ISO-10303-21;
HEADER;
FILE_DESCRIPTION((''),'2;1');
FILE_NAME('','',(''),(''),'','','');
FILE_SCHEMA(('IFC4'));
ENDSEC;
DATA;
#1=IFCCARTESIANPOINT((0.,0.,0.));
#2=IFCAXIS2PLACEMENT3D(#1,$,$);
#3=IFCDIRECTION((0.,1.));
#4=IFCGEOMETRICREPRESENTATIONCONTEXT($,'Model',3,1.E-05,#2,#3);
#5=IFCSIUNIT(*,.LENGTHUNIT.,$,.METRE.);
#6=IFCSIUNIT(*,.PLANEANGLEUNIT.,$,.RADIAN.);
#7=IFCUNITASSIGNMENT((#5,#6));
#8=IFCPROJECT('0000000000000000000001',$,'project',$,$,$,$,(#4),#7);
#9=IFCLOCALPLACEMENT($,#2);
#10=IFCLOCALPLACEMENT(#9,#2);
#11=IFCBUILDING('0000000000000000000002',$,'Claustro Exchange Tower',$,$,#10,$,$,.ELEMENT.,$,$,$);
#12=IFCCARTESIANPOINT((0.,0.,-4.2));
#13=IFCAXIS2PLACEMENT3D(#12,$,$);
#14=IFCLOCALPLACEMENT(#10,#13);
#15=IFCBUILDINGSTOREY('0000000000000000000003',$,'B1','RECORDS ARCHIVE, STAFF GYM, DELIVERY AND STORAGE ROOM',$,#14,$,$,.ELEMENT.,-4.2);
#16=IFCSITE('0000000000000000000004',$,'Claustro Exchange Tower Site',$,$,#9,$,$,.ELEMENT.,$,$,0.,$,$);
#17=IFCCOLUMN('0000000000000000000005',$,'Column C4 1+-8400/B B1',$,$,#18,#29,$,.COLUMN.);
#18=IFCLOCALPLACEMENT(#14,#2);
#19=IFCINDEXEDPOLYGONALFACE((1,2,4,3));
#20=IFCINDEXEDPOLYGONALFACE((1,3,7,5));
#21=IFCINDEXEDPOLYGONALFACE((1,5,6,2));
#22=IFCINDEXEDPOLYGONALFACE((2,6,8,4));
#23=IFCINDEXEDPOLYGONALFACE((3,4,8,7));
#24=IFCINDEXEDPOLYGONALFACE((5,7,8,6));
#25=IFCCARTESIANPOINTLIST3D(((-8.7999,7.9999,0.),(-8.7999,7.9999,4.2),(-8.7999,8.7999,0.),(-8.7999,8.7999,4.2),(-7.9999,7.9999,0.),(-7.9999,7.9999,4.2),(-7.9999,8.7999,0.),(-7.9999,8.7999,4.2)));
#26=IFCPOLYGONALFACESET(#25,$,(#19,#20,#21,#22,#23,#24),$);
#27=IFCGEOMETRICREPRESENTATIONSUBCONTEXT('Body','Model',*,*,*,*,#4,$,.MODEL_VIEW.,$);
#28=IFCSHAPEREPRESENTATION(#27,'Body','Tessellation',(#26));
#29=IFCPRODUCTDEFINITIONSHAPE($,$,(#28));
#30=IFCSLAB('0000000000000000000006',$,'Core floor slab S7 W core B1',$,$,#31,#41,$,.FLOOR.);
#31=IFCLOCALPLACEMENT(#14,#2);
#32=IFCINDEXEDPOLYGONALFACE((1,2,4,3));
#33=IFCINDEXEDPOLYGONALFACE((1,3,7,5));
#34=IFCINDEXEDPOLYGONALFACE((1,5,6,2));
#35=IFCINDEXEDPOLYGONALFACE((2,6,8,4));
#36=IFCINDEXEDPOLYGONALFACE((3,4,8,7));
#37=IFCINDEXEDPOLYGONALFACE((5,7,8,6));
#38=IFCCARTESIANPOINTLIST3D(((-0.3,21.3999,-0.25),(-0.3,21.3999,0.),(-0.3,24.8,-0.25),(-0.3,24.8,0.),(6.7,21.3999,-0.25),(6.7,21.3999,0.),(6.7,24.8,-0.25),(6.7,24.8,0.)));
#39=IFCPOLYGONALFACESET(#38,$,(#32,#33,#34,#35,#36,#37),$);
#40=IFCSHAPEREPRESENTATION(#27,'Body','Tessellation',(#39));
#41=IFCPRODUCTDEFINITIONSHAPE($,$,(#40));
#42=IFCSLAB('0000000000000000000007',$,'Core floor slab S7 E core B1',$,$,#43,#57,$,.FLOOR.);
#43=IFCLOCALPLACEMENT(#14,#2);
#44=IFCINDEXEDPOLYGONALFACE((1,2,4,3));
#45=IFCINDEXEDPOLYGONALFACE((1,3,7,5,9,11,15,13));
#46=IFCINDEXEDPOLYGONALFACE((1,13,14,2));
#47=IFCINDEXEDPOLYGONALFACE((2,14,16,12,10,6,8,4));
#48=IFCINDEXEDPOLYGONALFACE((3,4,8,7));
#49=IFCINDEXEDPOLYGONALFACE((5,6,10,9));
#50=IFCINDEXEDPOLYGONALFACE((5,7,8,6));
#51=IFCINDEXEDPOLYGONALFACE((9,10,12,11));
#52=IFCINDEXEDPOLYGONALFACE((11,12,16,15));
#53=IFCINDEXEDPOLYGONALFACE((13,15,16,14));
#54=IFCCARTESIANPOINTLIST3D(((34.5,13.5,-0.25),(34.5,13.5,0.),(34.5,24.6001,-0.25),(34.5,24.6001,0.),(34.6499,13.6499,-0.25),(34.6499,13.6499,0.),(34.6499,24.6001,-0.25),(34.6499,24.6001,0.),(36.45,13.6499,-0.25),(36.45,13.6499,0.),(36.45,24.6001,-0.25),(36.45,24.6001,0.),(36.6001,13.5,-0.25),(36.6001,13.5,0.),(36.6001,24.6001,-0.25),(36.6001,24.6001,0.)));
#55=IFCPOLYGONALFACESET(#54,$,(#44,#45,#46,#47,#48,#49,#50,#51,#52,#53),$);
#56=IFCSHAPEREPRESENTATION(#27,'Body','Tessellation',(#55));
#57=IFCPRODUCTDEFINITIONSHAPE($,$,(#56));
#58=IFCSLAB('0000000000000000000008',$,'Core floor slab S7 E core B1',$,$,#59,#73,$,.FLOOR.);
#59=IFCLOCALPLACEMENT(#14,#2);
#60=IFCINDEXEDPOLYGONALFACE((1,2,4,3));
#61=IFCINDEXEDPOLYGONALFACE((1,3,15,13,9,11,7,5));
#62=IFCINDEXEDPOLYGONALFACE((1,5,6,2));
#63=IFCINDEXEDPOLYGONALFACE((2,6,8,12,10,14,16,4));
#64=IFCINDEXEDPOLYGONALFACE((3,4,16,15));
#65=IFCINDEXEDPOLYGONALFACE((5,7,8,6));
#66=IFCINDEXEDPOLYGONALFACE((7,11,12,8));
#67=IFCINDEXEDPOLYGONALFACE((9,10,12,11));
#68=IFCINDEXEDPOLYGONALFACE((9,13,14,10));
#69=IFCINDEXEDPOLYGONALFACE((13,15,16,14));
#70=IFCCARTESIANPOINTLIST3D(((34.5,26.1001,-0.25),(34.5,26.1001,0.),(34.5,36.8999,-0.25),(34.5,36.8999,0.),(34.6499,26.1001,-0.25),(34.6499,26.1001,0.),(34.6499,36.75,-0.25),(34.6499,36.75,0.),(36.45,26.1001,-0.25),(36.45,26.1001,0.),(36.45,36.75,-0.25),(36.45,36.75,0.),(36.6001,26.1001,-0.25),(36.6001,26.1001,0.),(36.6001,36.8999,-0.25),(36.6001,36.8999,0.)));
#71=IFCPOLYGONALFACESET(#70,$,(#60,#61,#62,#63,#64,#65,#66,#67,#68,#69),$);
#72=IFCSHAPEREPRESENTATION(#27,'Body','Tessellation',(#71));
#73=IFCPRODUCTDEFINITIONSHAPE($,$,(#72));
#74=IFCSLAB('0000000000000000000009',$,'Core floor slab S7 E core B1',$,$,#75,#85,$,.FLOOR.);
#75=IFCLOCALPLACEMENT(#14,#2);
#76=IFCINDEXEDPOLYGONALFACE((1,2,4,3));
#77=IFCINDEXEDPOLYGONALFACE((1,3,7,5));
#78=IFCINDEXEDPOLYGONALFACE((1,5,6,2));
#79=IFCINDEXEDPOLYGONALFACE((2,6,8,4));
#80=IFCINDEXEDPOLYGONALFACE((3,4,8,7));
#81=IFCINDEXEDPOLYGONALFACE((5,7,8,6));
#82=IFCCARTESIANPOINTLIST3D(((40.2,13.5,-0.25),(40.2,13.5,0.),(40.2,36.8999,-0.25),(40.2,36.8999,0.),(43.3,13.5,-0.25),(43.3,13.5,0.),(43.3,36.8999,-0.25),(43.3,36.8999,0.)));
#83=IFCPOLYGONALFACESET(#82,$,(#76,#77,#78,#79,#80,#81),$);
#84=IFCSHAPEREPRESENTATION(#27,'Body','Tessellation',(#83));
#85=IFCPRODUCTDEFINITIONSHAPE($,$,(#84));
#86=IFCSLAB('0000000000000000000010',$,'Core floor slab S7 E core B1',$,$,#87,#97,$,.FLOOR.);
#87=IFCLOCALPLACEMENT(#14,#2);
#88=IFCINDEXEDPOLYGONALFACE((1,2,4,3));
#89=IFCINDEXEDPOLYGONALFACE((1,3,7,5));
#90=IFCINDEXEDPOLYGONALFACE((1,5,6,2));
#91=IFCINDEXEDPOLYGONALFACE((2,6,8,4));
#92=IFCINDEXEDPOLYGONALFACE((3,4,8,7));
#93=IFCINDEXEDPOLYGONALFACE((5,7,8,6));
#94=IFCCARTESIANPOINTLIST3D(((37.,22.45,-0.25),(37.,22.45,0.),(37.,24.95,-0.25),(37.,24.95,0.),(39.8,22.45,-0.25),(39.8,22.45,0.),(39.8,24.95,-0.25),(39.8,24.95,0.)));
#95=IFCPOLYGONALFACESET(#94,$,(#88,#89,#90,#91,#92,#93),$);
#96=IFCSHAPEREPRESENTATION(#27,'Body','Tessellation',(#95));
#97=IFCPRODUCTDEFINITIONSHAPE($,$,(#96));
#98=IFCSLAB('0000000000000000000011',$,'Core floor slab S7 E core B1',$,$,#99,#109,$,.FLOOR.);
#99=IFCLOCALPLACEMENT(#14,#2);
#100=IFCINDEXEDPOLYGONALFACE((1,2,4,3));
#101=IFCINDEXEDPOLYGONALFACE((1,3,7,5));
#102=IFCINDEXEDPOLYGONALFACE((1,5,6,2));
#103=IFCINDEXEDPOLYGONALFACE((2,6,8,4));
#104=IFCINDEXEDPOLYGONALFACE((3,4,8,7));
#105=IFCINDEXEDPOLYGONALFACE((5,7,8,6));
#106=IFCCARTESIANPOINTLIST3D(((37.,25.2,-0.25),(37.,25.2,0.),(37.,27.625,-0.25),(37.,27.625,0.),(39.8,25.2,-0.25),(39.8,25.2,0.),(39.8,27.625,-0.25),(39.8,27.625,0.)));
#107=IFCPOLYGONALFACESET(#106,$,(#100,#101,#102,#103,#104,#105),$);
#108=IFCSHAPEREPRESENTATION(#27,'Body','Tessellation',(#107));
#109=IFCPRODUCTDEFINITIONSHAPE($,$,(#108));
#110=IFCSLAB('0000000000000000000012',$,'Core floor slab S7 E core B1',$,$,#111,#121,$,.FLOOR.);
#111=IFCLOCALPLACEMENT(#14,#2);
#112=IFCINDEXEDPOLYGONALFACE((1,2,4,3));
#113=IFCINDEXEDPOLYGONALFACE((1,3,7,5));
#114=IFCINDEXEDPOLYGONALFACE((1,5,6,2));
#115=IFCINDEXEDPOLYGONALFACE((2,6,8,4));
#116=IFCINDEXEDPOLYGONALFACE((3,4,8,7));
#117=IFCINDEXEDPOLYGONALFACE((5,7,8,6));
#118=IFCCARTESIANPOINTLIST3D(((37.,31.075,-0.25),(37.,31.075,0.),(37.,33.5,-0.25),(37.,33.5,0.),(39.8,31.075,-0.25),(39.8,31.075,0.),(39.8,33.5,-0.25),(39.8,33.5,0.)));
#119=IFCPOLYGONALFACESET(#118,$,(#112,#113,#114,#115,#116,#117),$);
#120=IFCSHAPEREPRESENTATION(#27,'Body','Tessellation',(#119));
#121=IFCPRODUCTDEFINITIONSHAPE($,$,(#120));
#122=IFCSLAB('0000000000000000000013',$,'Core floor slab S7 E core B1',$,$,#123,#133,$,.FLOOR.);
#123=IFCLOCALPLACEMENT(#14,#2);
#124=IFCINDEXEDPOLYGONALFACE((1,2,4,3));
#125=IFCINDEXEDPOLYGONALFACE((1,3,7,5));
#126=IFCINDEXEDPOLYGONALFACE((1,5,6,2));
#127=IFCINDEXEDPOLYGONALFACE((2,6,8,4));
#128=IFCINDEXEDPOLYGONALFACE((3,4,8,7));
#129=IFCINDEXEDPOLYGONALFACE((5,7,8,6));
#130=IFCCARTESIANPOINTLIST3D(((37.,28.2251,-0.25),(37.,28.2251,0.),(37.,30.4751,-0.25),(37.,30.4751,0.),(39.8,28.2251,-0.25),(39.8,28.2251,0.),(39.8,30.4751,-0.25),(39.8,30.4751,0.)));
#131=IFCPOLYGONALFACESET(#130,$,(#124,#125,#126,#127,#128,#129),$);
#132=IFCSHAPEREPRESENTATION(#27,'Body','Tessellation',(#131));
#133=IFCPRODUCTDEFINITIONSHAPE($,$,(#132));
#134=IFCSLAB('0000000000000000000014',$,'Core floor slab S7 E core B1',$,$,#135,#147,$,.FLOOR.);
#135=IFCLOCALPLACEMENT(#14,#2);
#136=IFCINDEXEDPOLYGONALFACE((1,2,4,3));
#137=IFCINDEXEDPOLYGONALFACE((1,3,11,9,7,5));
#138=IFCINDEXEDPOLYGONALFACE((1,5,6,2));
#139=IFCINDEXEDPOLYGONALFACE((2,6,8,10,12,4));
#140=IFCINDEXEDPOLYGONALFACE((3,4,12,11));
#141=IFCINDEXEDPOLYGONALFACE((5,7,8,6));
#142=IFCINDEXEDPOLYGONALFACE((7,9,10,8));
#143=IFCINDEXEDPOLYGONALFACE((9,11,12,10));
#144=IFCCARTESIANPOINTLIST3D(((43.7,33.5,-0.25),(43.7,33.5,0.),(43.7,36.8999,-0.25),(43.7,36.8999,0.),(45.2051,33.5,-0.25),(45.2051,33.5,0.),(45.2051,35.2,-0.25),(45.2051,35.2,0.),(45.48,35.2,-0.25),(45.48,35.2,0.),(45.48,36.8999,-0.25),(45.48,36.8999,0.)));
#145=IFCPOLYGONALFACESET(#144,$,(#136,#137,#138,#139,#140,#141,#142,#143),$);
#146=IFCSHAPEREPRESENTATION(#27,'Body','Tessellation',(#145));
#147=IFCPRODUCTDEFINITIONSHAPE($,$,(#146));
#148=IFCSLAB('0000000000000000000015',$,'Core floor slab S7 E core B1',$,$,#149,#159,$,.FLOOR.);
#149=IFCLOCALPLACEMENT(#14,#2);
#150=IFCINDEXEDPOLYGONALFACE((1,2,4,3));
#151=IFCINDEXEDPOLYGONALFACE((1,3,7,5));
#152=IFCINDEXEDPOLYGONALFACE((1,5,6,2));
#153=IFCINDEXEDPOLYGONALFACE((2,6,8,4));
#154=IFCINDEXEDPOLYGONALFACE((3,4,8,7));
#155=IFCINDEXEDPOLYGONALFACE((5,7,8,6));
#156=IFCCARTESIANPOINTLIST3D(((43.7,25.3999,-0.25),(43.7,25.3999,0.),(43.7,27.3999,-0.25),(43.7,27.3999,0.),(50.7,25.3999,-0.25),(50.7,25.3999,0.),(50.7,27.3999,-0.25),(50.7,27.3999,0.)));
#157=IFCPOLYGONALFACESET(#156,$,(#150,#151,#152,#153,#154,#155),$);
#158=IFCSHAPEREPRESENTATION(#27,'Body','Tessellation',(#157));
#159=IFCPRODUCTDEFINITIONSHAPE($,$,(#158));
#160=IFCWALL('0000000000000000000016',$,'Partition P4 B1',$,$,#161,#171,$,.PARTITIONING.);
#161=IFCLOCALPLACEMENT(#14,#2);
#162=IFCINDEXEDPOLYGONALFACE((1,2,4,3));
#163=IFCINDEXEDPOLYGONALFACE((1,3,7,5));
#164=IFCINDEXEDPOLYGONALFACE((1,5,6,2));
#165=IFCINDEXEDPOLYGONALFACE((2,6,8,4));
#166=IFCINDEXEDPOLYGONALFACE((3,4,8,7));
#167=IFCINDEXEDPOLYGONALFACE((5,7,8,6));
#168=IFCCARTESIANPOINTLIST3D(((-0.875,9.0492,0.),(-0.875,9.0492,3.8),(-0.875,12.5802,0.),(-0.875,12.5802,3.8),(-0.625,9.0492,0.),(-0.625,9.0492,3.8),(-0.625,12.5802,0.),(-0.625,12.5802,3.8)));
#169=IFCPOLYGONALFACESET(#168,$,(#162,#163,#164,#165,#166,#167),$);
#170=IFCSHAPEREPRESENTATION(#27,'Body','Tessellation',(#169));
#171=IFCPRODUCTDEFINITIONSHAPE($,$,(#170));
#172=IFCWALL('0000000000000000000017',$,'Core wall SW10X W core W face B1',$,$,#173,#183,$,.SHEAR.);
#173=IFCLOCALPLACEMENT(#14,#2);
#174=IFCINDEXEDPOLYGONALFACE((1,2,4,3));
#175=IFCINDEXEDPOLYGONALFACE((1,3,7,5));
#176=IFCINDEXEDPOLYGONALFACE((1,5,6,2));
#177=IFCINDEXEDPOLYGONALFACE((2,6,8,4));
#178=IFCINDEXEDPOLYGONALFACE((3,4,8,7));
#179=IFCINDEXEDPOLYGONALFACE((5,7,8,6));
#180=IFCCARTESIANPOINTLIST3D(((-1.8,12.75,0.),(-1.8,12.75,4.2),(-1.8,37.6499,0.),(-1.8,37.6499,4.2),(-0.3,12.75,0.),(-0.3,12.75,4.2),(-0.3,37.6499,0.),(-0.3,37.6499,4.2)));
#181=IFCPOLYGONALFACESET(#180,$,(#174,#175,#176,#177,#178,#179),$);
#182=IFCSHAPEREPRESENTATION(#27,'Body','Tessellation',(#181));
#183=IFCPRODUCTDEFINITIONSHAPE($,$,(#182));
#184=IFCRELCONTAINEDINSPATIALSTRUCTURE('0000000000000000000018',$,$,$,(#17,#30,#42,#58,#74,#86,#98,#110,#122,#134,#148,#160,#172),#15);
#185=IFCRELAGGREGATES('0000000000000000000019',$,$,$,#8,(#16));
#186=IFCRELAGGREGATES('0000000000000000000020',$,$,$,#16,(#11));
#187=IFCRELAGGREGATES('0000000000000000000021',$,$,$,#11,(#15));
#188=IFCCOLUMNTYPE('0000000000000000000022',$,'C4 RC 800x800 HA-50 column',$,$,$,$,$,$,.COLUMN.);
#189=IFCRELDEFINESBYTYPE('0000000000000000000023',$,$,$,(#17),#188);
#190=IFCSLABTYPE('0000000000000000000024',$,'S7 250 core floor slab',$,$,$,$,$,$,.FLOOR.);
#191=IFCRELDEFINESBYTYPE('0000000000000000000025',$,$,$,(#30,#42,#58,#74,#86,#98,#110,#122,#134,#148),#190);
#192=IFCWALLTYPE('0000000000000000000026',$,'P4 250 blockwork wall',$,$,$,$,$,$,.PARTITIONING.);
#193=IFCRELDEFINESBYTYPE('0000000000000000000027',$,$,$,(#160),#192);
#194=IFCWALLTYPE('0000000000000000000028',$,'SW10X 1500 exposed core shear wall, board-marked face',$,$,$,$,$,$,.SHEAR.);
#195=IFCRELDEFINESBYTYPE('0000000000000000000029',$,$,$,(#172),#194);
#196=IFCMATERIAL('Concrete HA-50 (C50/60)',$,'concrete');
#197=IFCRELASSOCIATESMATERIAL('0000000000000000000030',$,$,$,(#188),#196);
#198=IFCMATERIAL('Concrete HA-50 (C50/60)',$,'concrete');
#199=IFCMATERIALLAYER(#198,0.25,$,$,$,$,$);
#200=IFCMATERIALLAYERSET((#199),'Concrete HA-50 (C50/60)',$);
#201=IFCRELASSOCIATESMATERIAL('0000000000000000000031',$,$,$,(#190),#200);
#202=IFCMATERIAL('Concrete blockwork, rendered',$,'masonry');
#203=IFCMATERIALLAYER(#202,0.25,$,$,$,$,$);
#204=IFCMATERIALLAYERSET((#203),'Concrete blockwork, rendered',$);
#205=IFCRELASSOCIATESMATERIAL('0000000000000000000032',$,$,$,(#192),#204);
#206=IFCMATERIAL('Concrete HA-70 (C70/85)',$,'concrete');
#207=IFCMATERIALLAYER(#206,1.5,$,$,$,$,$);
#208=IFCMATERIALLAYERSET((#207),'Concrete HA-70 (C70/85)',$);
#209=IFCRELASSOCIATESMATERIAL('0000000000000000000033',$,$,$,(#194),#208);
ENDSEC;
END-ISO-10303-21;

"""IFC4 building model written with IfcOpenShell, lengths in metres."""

from ifc_helpers import new_model, si_unit, direction, frame, frame_2d, origin, origin_2d, place, context, subcontext, project, spatial, polyline, rectangle, outline, extrude, material, layer, layer_set, material_profile, profile_set, type_object, element, save


model = new_model("IFC4")

# Units and contexts
model_context = context("Model", 3, precision=1e-05, world=origin(), true_north=direction((0.0, 1.0)))
body_context = subcontext(model_context, "Body", "Model", "MODEL_VIEW")
ifc_project = project(units=[si_unit("LENGTHUNIT", "METRE"), si_unit("PLANEANGLEUNIT", "RADIAN")], contexts=[model_context])

# Site, building, storey
site_placement = place(None, origin())
site = spatial("IfcSite", under=ifc_project, at=site_placement, Name="Claustro Exchange Tower Site", CompositionType="ELEMENT", RefElevation=0.0)
building_placement = place(site_placement, origin())
building = spatial("IfcBuilding", under=site, at=building_placement, Name="Claustro Exchange Tower", CompositionType="ELEMENT")
storey_placement = place(building_placement, frame((0.0, 0.0, -4.2)))
storey = spatial("IfcBuildingStorey", under=building, at=storey_placement, Name="B1", Description="RECORDS ARCHIVE, STAFF GYM, DELIVERY AND STORAGE ROOM", CompositionType="ELEMENT", Elevation=-4.2)

# Column
ifc_material_1 = material(Name="Concrete HA-50 (C50/60)", Category="concrete")
ifc_material_profile = material_profile(ifc_material_1, rectangle(XDim=0.8, YDim=0.8, at=origin_2d()), Name="RC 800x800")
ifc_profile_set = profile_set([ifc_material_profile], Name="Concrete HA-50 (C50/60)")
column_type = type_object("IfcColumnType", Name="C4 RC 800x800 HA-50 column", PredefinedType="COLUMN", material=ifc_profile_set)
column_placement = place(storey_placement, frame((-8.3999, 8.3999, 0.0), z_axis=(0.0, 0.0, 1.0), x_axis=(1.0, 0.0, 0.0)))
element("IfcColumn", 1, at=column_placement, inside=storey, type_object=column_type, Name="Column C4 1+-8400/B B1", PredefinedType="COLUMN", context=body_context, shape_type="SweptSolid", body=[
    extrude(rectangle(XDim=0.8, YDim=0.8, at=origin_2d()), origin(), (0.0, 0.0, 1.0), 4.2),
])

# Slabs
ifc_material_2 = material(Name="Concrete HA-50 (C50/60)", Category="concrete")
ifc_layer_1 = layer(ifc_material_2, 0.25)
ifc_layer_set_1 = layer_set([ifc_layer_1], Name="Concrete HA-50 (C50/60)")
slab_type = type_object("IfcSlabType", Name="S7 250 core floor slab", PredefinedType="FLOOR", material=ifc_layer_set_1)
slab_1_placement = place(storey_placement, frame((0.0, 0.0, -0.25)))
element("IfcSlab", 2, at=slab_1_placement, inside=storey, type_object=slab_type, Name="Core floor slab S7 W core B1", PredefinedType="FLOOR", context=body_context, shape_type="SweptSolid", body=[
    extrude(outline(polyline([(-0.3, 21.3999), (6.7, 21.3999), (6.7, 24.8), (-0.3, 24.8), (-0.3, 21.3999)])), origin(), (0.0, 0.0, 1.0), 0.25),
])
slab_2_placement = place(storey_placement, frame((0.0, 0.0, -0.25)))
element("IfcSlab", 3, at=slab_2_placement, inside=storey, type_object=slab_type, Name="Core floor slab S7 E core B1", PredefinedType="FLOOR", context=body_context, shape_type="SweptSolid", body=[
    extrude(outline(polyline([(34.5, 24.6001), (34.5, 13.5), (36.6001, 13.5), (36.6001, 24.6001), (36.45, 24.6001), (36.45, 13.6499), (34.6499, 13.6499), (34.6499, 24.6001), (34.5, 24.6001)])), origin(), (0.0, 0.0, 1.0), 0.25),
])
slab_3_placement = place(storey_placement, frame((0.0, 0.0, -0.25)))
element("IfcSlab", 4, at=slab_3_placement, inside=storey, type_object=slab_type, Name="Core floor slab S7 E core B1", PredefinedType="FLOOR", context=body_context, shape_type="SweptSolid", body=[
    extrude(outline(polyline([(36.6001, 26.1001), (36.6001, 36.8999), (34.5, 36.8999), (34.5, 26.1001), (34.6499, 26.1001), (34.6499, 36.75), (36.45, 36.75), (36.45, 26.1001), (36.6001, 26.1001)])), origin(), (0.0, 0.0, 1.0), 0.25),
])
slab_4_placement = place(storey_placement, frame((0.0, 0.0, -0.25)))
element("IfcSlab", 5, at=slab_4_placement, inside=storey, type_object=slab_type, Name="Core floor slab S7 E core B1", PredefinedType="FLOOR", context=body_context, shape_type="SweptSolid", body=[
    extrude(outline(polyline([(43.3, 13.5), (43.3, 36.8999), (40.2, 36.8999), (40.2, 13.5), (43.3, 13.5)])), origin(), (0.0, 0.0, 1.0), 0.25),
])
slab_5_placement = place(storey_placement, frame((0.0, 0.0, -0.25)))
element("IfcSlab", 6, at=slab_5_placement, inside=storey, type_object=slab_type, Name="Core floor slab S7 E core B1", PredefinedType="FLOOR", context=body_context, shape_type="SweptSolid", body=[
    extrude(outline(polyline([(37.0, 24.95), (37.0, 22.45), (39.8, 22.45), (39.8, 24.95), (37.0, 24.95)])), origin(), (0.0, 0.0, 1.0), 0.25),
])
slab_6_placement = place(storey_placement, frame((0.0, 0.0, -0.25)))
element("IfcSlab", 7, at=slab_6_placement, inside=storey, type_object=slab_type, Name="Core floor slab S7 E core B1", PredefinedType="FLOOR", context=body_context, shape_type="SweptSolid", body=[
    extrude(outline(polyline([(37.0, 27.625), (37.0, 25.2), (39.8, 25.2), (39.8, 27.625), (37.0, 27.625)])), origin(), (0.0, 0.0, 1.0), 0.25),
])
slab_7_placement = place(storey_placement, frame((0.0, 0.0, -0.25)))
element("IfcSlab", 8, at=slab_7_placement, inside=storey, type_object=slab_type, Name="Core floor slab S7 E core B1", PredefinedType="FLOOR", context=body_context, shape_type="SweptSolid", body=[
    extrude(outline(polyline([(37.0, 33.5), (37.0, 31.075), (39.8, 31.075), (39.8, 33.5), (37.0, 33.5)])), origin(), (0.0, 0.0, 1.0), 0.25),
])
slab_8_placement = place(storey_placement, frame((0.0, 0.0, -0.25)))
element("IfcSlab", 9, at=slab_8_placement, inside=storey, type_object=slab_type, Name="Core floor slab S7 E core B1", PredefinedType="FLOOR", context=body_context, shape_type="SweptSolid", body=[
    extrude(outline(polyline([(37.0, 30.4751), (37.0, 28.2251), (39.8, 28.2251), (39.8, 30.4751), (37.0, 30.4751)])), origin(), (0.0, 0.0, 1.0), 0.25),
])
slab_9_placement = place(storey_placement, frame((0.0, 0.0, -0.25)))
element("IfcSlab", 10, at=slab_9_placement, inside=storey, type_object=slab_type, Name="Core floor slab S7 E core B1", PredefinedType="FLOOR", context=body_context, shape_type="SweptSolid", body=[
    extrude(outline(polyline([(45.48, 36.8999), (43.7, 36.8999), (43.7, 33.5), (45.2051, 33.5), (45.2051, 35.2), (45.48, 35.2), (45.48, 36.8999)])), origin(), (0.0, 0.0, 1.0), 0.25),
])
slab_10_placement = place(storey_placement, frame((0.0, 0.0, -0.25)))
element("IfcSlab", 11, at=slab_10_placement, inside=storey, type_object=slab_type, Name="Core floor slab S7 E core B1", PredefinedType="FLOOR", context=body_context, shape_type="SweptSolid", body=[
    extrude(outline(polyline([(50.7, 27.3999), (43.7, 27.3999), (43.7, 25.3999), (50.7, 25.3999), (50.7, 27.3999)])), origin(), (0.0, 0.0, 1.0), 0.25),
])

# Wall
ifc_material_3 = material(Name="Concrete blockwork, rendered", Category="masonry")
ifc_layer_2 = layer(ifc_material_3, 0.25)
ifc_layer_set_2 = layer_set([ifc_layer_2], Name="Concrete blockwork, rendered")
wall_type_1 = type_object("IfcWallType", Name="P4 250 blockwork wall", PredefinedType="PARTITIONING", material=ifc_layer_set_2)
wall_1_placement = place(storey_placement, frame((-0.75, 9.0491, 0.0), z_axis=(0.0, 0.0, 1.0), x_axis=(0.0, 1.0, 0.0)))
element("IfcWall", 12, at=wall_1_placement, inside=storey, type_object=wall_type_1, Name="Partition P4 B1", PredefinedType="PARTITIONING", context=body_context, shape_type="SweptSolid", body=[
    extrude(rectangle(XDim=3.531, YDim=0.25, at=frame_2d((1.7656, 0.0))), origin(), (0.0, 0.0, 1.0), 3.8),
])

# Wall
ifc_material_4 = material(Name="Concrete HA-70 (C70/85)", Category="concrete")
ifc_layer_3 = layer(ifc_material_4, 1.5)
ifc_layer_set_3 = layer_set([ifc_layer_3], Name="Concrete HA-70 (C70/85)")
wall_type_2 = type_object("IfcWallType", Name="SW10X 1500 exposed core shear wall, board-marked face", PredefinedType="SHEAR", material=ifc_layer_set_3)
wall_2_placement = place(storey_placement, frame((-1.05, 12.75, 0.0), z_axis=(0.0, 0.0, 1.0), x_axis=(0.0, 1.0, 0.0)))
element("IfcWall", 13, at=wall_2_placement, inside=storey, type_object=wall_type_2, Name="Core wall SW10X W core W face B1", PredefinedType="SHEAR", context=body_context, shape_type="SweptSolid", body=[
    extrude(rectangle(XDim=24.8999, YDim=1.5, at=frame_2d((12.45, 0.0))), origin(), (0.0, 0.0, 1.0), 4.2),
])

save(model, "model.ifc")
